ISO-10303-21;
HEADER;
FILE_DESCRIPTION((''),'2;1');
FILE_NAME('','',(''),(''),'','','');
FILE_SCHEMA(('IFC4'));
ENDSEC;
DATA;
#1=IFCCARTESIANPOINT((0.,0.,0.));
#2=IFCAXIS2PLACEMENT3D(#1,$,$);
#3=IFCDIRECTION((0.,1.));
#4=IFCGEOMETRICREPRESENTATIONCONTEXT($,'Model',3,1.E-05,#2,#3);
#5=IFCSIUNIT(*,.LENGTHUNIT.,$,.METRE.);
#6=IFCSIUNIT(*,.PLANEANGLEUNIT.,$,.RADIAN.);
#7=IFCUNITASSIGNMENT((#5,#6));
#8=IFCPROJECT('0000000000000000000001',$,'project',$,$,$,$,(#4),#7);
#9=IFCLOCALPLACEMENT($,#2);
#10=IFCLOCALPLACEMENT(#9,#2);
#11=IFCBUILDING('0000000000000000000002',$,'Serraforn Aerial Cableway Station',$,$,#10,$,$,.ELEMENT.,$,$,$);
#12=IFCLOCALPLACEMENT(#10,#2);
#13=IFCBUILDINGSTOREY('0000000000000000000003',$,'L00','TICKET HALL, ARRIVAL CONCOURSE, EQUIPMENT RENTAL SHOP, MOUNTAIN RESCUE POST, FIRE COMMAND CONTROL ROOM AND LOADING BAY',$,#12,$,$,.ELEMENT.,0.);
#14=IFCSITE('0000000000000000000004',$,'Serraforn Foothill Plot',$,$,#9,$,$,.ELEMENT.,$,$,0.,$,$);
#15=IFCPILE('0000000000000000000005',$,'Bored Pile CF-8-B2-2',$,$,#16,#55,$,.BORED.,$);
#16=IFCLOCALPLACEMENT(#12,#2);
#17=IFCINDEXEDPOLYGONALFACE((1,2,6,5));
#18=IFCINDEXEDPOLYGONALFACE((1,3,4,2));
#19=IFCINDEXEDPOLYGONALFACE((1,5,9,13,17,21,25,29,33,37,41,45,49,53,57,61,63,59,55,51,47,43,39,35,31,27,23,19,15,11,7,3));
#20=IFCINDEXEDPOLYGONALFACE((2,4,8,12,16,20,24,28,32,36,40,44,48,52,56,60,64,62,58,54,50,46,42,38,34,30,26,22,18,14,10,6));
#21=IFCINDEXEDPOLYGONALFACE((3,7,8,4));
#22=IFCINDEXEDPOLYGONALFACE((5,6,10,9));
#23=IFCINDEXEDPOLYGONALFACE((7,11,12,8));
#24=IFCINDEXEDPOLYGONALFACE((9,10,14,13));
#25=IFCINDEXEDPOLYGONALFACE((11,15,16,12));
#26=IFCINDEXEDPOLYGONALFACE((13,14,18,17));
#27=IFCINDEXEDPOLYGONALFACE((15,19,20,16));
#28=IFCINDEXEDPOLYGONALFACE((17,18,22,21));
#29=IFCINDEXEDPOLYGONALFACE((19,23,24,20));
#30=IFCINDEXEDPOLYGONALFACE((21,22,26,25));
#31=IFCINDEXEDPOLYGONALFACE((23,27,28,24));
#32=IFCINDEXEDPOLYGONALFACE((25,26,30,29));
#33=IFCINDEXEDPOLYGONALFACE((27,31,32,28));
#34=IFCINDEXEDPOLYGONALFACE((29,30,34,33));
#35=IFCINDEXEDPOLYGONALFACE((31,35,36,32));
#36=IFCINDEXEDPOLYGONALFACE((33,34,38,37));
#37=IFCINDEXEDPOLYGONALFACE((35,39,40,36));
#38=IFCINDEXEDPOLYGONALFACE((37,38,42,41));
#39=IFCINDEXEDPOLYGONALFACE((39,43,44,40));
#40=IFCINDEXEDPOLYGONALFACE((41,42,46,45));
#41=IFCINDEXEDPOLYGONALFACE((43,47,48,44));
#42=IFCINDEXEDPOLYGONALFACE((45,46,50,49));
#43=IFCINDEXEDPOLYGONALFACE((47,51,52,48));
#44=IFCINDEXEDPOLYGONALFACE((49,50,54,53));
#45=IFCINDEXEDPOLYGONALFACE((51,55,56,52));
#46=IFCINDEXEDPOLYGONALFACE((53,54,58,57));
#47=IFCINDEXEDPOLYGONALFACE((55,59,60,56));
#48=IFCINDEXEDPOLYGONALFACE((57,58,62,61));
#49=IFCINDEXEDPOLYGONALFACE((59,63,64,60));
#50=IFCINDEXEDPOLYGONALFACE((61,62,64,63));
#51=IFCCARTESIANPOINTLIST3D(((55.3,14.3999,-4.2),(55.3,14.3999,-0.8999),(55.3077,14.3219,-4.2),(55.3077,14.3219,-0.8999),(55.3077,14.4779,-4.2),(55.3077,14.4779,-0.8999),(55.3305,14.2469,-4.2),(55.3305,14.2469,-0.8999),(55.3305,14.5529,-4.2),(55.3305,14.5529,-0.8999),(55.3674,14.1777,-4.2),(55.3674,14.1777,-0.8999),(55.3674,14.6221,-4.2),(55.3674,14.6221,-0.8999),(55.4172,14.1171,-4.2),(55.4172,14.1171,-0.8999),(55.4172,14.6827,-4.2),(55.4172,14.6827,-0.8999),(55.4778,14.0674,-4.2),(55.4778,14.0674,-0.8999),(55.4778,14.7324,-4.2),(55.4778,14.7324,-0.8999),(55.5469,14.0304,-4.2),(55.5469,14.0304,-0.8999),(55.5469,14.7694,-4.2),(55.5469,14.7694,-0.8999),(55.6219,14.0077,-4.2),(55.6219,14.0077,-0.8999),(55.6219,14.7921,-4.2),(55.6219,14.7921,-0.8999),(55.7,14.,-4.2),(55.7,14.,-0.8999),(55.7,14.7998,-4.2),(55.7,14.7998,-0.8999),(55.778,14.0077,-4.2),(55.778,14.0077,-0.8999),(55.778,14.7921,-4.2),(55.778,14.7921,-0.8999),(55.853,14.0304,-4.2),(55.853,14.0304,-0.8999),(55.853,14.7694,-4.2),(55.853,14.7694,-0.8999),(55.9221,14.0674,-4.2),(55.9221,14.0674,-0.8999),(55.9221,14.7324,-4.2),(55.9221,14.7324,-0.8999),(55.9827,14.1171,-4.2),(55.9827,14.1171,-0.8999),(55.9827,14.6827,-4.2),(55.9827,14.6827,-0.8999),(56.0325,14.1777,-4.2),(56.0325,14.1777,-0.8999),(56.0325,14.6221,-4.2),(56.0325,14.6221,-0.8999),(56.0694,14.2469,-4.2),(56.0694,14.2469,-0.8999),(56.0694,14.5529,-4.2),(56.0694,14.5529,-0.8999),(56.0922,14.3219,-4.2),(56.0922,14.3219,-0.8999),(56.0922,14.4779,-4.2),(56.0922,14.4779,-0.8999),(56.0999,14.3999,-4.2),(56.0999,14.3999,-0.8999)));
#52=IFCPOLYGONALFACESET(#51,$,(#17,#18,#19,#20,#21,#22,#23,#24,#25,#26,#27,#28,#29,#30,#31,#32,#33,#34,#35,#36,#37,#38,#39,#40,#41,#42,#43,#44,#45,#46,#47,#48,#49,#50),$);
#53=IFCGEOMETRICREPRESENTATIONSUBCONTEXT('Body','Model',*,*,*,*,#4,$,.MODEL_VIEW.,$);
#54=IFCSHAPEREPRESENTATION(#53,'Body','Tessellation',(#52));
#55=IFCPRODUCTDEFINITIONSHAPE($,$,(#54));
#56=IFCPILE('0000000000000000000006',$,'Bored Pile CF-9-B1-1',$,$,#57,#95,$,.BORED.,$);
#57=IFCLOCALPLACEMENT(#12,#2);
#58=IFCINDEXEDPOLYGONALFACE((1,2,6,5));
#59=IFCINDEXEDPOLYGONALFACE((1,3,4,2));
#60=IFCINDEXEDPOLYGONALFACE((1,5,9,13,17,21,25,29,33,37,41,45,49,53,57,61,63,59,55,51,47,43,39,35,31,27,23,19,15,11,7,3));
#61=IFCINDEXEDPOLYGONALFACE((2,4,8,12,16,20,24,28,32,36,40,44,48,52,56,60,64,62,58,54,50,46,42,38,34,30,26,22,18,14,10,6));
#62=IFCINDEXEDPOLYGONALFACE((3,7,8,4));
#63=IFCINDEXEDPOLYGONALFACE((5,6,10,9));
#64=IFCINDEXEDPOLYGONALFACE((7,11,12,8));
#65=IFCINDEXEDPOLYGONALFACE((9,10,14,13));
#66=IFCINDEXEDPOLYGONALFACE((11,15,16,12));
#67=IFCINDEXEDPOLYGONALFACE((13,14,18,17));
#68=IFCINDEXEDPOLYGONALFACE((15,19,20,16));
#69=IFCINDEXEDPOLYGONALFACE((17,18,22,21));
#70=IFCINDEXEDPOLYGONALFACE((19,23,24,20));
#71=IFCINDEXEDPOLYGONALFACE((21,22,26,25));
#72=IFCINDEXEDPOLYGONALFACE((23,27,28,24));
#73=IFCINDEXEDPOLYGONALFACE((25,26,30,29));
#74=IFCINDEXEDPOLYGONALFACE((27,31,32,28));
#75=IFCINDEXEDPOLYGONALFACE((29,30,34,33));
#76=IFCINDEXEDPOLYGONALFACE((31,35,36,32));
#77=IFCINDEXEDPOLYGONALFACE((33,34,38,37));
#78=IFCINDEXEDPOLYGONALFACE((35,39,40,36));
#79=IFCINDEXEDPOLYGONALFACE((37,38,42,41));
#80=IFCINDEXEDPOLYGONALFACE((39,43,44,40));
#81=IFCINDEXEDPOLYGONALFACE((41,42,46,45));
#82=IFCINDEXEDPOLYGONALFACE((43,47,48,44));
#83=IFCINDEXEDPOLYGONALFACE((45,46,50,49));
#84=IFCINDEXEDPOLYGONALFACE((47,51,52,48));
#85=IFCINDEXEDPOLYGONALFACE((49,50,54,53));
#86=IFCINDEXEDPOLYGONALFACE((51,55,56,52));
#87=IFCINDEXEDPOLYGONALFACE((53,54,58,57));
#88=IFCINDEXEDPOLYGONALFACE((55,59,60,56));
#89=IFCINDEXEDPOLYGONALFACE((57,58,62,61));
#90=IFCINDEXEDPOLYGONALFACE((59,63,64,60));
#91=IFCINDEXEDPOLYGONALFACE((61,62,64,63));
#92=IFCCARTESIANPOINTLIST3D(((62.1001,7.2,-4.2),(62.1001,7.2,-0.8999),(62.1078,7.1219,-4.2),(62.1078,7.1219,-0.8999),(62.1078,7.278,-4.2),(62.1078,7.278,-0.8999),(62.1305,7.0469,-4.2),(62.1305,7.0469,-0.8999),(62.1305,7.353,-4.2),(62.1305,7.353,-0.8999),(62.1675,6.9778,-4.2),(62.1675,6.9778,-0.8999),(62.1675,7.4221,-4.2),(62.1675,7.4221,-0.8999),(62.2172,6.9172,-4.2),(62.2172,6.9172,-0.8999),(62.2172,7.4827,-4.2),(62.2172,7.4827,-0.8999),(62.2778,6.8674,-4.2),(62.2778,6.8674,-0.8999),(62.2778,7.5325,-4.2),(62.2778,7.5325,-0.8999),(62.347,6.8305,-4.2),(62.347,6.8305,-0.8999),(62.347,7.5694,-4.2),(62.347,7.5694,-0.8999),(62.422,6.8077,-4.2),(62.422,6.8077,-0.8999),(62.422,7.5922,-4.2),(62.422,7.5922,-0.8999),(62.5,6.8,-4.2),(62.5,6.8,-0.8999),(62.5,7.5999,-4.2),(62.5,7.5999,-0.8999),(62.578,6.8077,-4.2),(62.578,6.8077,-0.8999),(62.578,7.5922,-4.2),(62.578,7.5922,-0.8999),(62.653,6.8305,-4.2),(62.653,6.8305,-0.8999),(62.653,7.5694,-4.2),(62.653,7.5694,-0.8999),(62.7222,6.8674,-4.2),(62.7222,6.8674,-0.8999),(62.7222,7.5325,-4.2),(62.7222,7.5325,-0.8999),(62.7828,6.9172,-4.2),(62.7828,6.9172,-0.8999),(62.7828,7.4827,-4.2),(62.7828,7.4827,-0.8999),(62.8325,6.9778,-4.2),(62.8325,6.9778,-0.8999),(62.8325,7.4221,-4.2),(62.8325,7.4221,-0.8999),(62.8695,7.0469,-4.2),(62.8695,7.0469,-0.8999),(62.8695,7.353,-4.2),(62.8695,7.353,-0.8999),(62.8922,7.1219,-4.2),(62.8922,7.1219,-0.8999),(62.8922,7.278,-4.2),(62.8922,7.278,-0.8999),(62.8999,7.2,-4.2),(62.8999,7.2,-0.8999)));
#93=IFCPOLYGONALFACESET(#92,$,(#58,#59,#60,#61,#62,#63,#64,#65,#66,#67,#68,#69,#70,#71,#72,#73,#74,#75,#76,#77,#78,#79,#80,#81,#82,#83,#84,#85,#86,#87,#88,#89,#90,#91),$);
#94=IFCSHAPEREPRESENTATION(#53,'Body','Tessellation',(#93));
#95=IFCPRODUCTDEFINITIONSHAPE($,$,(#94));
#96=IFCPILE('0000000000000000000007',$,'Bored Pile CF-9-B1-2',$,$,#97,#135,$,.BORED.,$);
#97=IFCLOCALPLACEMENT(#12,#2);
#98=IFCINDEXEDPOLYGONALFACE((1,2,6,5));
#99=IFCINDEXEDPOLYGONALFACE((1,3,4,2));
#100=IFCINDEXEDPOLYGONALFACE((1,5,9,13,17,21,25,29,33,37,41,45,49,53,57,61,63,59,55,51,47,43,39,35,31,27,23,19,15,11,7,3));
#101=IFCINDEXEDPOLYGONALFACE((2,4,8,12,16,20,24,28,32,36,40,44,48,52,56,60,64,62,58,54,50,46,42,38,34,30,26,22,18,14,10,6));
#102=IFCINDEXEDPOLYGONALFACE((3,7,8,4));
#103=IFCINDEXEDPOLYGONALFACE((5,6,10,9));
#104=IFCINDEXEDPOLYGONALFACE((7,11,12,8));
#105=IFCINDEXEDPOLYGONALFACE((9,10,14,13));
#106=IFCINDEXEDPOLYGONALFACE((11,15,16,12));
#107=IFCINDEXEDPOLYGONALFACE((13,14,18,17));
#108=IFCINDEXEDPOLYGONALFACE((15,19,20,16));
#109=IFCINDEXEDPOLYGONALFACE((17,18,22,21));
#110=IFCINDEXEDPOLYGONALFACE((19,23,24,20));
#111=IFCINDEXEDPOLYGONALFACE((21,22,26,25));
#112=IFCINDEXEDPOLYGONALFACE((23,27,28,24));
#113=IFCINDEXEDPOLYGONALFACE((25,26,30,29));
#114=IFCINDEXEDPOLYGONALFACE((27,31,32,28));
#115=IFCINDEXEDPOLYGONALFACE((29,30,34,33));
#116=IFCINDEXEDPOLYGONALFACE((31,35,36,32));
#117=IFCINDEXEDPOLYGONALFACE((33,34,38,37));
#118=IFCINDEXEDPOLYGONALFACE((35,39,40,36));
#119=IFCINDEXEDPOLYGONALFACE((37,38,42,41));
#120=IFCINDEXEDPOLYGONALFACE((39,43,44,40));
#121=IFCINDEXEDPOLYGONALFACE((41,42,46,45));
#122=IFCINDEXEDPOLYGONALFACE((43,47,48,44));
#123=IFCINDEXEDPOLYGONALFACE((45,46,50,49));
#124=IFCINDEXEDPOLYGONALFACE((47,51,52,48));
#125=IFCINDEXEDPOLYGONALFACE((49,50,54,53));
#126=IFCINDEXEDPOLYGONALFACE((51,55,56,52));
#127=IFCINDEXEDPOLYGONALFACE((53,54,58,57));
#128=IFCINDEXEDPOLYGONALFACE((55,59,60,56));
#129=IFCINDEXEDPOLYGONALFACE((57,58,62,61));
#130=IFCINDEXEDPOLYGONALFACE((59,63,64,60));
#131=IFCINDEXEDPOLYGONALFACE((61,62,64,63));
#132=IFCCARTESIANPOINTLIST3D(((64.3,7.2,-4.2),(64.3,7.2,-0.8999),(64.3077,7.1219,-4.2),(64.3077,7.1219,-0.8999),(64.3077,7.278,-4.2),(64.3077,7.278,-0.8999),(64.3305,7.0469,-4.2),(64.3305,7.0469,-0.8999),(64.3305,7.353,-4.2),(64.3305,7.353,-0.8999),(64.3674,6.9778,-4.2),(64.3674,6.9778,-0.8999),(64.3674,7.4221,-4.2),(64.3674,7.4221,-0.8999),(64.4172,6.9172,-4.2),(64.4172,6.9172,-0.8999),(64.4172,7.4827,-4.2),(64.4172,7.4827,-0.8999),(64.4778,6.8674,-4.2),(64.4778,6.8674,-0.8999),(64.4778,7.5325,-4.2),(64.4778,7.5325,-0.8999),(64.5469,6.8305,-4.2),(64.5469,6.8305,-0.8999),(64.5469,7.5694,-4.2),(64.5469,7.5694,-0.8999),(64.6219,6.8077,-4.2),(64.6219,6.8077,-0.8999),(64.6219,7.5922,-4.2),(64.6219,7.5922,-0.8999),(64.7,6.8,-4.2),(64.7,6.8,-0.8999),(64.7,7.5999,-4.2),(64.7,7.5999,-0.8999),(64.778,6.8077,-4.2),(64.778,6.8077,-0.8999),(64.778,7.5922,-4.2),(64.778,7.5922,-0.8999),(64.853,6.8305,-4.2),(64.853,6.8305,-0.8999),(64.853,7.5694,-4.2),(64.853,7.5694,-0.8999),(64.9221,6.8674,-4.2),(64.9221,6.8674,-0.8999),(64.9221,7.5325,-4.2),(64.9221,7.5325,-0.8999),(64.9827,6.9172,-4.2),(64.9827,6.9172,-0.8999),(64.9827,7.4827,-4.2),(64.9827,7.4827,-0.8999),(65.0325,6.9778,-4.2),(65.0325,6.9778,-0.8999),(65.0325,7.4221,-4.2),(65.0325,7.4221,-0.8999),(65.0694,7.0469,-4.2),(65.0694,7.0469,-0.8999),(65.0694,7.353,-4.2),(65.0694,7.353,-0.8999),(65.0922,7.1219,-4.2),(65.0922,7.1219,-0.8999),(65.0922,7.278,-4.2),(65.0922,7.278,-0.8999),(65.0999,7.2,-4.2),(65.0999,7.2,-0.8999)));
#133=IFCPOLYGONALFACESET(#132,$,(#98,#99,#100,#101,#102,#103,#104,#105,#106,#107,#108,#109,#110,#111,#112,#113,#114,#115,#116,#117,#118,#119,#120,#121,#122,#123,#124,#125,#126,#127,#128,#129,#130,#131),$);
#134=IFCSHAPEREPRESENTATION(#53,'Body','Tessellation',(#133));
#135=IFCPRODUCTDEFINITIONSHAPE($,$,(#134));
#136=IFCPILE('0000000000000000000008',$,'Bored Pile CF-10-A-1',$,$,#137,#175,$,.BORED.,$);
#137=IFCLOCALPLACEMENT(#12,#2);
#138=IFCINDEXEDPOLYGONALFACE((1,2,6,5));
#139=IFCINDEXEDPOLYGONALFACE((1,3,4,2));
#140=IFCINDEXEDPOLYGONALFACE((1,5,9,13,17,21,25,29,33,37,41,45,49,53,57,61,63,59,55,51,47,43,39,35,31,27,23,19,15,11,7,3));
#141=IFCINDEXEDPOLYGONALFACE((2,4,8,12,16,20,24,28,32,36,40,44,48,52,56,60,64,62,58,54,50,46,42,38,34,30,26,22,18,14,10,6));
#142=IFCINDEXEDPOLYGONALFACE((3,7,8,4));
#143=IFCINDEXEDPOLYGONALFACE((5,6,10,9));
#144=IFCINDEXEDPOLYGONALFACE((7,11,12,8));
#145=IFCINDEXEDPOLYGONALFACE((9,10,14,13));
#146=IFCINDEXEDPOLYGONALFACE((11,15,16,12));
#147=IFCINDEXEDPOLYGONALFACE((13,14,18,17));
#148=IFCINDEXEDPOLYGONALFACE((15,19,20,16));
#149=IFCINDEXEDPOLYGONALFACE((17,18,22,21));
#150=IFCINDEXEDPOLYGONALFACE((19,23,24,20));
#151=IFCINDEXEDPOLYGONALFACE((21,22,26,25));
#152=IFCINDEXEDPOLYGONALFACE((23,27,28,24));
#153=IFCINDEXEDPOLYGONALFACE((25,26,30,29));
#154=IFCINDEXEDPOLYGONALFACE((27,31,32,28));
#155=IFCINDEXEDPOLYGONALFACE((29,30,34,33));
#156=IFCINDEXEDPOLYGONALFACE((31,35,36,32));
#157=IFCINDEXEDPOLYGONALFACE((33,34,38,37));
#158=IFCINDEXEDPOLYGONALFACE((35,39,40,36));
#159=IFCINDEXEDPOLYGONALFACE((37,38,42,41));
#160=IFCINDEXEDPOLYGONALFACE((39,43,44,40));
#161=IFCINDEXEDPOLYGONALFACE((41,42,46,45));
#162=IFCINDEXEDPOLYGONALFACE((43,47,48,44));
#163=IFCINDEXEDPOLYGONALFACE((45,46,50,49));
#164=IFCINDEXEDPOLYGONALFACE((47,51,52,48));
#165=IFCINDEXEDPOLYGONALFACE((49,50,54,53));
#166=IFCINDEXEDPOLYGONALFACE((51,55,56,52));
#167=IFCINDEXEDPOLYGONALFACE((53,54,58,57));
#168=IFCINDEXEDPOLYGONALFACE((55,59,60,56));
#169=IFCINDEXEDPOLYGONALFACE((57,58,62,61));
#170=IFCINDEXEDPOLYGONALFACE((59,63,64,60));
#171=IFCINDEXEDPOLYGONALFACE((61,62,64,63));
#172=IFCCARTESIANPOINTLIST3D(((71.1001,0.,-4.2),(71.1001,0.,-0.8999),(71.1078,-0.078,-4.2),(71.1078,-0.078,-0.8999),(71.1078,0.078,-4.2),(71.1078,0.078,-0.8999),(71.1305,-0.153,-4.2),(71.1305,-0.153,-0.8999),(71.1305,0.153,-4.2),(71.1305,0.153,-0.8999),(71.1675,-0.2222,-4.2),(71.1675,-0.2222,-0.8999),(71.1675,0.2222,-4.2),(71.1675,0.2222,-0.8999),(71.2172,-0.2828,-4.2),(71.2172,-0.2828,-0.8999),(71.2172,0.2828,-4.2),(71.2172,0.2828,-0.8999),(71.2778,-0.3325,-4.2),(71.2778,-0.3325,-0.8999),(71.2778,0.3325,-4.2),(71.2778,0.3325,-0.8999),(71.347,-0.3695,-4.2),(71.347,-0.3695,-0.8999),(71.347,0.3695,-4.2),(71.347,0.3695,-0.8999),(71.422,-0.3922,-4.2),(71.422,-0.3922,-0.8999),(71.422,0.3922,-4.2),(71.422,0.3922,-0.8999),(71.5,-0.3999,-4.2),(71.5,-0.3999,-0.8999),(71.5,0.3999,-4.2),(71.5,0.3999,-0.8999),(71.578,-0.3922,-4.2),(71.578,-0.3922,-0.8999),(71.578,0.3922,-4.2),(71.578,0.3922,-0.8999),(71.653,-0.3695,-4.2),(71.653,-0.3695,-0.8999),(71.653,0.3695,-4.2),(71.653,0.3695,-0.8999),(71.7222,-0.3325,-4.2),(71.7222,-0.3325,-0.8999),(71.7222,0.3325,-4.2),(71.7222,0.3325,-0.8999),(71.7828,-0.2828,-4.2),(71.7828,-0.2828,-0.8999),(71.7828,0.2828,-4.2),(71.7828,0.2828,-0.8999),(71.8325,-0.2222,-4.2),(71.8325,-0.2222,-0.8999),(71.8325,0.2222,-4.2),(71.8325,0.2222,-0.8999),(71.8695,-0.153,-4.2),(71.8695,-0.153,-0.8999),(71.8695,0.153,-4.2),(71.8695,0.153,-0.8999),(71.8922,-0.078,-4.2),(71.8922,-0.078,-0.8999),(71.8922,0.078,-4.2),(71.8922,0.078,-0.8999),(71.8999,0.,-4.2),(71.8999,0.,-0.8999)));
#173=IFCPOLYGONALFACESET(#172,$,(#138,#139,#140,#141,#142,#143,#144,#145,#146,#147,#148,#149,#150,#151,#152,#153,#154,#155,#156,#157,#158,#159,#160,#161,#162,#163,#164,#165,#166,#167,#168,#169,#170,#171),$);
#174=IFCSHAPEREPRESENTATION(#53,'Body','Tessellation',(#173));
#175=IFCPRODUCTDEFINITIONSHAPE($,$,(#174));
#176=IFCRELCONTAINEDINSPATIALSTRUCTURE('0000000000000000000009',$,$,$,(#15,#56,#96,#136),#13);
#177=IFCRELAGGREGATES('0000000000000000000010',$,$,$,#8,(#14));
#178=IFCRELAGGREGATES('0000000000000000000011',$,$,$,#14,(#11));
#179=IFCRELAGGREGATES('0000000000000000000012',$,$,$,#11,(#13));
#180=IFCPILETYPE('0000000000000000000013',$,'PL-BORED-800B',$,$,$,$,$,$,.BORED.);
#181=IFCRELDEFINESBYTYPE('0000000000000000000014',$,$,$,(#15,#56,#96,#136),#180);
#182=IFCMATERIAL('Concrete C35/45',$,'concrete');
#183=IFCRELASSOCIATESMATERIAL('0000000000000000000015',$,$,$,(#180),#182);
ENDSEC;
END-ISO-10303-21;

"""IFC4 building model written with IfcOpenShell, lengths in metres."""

from ifc_helpers import new_model, si_unit, direction, frame, origin, origin_2d, place, context, subcontext, project, spatial, circle, extrude, material, material_profile, profile_set, type_object, element, save


model = new_model("IFC4")

# Units and contexts
model_context = context("Model", 3, precision=1e-05, world=origin(), true_north=direction((0.0, 1.0)))
body_context = subcontext(model_context, "Body", "Model", "MODEL_VIEW")
ifc_project = project(units=[si_unit("LENGTHUNIT", "METRE"), si_unit("PLANEANGLEUNIT", "RADIAN")], contexts=[model_context])

# Site, building, storey
site_placement = place(None, origin())
site = spatial("IfcSite", under=ifc_project, at=site_placement, Name="Serraforn Foothill Plot", CompositionType="ELEMENT", RefElevation=0.0)
building_placement = place(site_placement, origin())
building = spatial("IfcBuilding", under=site, at=building_placement, Name="Serraforn Aerial Cableway Station", CompositionType="ELEMENT")
storey_placement = place(building_placement, origin())
storey = spatial("IfcBuildingStorey", under=building, at=storey_placement, Name="L00", Description="TICKET HALL, ARRIVAL CONCOURSE, EQUIPMENT RENTAL SHOP, MOUNTAIN RESCUE POST, FIRE COMMAND CONTROL ROOM AND LOADING BAY", CompositionType="ELEMENT", Elevation=0.0)

# Shared definitions
ifc_material_1 = material(Name="Concrete C35/45", Category="concrete")

# Piles
ifc_material_profile_1 = material_profile(ifc_material_1, circle(Radius=0.3999, at=origin_2d()), Name="BORED PILE D800")
ifc_profile_set_1 = profile_set([ifc_material_profile_1], Name="Concrete C35/45")
pile_type_1 = type_object("IfcPileType", Name="PL-BORED-800B", PredefinedType="BORED", material=ifc_profile_set_1)
for number, where, z_axis, x_axis, name in (
    (1, (55.7, 14.3999, -0.8999), (0.0, 0.0, -1.0), (1.0, 0.0, 0.0), "Bored Pile CF-8-B2-2"),
    (2, (62.5, 7.2, -0.8999), (0.0, 0.0, -1.0), (1.0, 0.0, 0.0), "Bored Pile CF-9-B1-1"),
    (3, (64.7, 7.2, -0.8999), (0.0, 0.0, -1.0), (1.0, 0.0, 0.0), "Bored Pile CF-9-B1-2"),
    (4, (71.5, 0.0, -0.8999), (0.0, 0.0, -1.0), (1.0, 0.0, 0.0), "Bored Pile CF-10-A-1"),
):
    element("IfcPile", number, at=place(storey_placement, frame(where, z_axis=z_axis, x_axis=x_axis)), inside=storey, type_object=pile_type_1, Name=name, PredefinedType="BORED", context=body_context, shape_type="SweptSolid", body=[
        extrude(circle(Radius=0.3999, at=origin_2d()), origin(), (0.0, 0.0, 1.0), 3.3),
    ])

save(model, "model.ifc")
